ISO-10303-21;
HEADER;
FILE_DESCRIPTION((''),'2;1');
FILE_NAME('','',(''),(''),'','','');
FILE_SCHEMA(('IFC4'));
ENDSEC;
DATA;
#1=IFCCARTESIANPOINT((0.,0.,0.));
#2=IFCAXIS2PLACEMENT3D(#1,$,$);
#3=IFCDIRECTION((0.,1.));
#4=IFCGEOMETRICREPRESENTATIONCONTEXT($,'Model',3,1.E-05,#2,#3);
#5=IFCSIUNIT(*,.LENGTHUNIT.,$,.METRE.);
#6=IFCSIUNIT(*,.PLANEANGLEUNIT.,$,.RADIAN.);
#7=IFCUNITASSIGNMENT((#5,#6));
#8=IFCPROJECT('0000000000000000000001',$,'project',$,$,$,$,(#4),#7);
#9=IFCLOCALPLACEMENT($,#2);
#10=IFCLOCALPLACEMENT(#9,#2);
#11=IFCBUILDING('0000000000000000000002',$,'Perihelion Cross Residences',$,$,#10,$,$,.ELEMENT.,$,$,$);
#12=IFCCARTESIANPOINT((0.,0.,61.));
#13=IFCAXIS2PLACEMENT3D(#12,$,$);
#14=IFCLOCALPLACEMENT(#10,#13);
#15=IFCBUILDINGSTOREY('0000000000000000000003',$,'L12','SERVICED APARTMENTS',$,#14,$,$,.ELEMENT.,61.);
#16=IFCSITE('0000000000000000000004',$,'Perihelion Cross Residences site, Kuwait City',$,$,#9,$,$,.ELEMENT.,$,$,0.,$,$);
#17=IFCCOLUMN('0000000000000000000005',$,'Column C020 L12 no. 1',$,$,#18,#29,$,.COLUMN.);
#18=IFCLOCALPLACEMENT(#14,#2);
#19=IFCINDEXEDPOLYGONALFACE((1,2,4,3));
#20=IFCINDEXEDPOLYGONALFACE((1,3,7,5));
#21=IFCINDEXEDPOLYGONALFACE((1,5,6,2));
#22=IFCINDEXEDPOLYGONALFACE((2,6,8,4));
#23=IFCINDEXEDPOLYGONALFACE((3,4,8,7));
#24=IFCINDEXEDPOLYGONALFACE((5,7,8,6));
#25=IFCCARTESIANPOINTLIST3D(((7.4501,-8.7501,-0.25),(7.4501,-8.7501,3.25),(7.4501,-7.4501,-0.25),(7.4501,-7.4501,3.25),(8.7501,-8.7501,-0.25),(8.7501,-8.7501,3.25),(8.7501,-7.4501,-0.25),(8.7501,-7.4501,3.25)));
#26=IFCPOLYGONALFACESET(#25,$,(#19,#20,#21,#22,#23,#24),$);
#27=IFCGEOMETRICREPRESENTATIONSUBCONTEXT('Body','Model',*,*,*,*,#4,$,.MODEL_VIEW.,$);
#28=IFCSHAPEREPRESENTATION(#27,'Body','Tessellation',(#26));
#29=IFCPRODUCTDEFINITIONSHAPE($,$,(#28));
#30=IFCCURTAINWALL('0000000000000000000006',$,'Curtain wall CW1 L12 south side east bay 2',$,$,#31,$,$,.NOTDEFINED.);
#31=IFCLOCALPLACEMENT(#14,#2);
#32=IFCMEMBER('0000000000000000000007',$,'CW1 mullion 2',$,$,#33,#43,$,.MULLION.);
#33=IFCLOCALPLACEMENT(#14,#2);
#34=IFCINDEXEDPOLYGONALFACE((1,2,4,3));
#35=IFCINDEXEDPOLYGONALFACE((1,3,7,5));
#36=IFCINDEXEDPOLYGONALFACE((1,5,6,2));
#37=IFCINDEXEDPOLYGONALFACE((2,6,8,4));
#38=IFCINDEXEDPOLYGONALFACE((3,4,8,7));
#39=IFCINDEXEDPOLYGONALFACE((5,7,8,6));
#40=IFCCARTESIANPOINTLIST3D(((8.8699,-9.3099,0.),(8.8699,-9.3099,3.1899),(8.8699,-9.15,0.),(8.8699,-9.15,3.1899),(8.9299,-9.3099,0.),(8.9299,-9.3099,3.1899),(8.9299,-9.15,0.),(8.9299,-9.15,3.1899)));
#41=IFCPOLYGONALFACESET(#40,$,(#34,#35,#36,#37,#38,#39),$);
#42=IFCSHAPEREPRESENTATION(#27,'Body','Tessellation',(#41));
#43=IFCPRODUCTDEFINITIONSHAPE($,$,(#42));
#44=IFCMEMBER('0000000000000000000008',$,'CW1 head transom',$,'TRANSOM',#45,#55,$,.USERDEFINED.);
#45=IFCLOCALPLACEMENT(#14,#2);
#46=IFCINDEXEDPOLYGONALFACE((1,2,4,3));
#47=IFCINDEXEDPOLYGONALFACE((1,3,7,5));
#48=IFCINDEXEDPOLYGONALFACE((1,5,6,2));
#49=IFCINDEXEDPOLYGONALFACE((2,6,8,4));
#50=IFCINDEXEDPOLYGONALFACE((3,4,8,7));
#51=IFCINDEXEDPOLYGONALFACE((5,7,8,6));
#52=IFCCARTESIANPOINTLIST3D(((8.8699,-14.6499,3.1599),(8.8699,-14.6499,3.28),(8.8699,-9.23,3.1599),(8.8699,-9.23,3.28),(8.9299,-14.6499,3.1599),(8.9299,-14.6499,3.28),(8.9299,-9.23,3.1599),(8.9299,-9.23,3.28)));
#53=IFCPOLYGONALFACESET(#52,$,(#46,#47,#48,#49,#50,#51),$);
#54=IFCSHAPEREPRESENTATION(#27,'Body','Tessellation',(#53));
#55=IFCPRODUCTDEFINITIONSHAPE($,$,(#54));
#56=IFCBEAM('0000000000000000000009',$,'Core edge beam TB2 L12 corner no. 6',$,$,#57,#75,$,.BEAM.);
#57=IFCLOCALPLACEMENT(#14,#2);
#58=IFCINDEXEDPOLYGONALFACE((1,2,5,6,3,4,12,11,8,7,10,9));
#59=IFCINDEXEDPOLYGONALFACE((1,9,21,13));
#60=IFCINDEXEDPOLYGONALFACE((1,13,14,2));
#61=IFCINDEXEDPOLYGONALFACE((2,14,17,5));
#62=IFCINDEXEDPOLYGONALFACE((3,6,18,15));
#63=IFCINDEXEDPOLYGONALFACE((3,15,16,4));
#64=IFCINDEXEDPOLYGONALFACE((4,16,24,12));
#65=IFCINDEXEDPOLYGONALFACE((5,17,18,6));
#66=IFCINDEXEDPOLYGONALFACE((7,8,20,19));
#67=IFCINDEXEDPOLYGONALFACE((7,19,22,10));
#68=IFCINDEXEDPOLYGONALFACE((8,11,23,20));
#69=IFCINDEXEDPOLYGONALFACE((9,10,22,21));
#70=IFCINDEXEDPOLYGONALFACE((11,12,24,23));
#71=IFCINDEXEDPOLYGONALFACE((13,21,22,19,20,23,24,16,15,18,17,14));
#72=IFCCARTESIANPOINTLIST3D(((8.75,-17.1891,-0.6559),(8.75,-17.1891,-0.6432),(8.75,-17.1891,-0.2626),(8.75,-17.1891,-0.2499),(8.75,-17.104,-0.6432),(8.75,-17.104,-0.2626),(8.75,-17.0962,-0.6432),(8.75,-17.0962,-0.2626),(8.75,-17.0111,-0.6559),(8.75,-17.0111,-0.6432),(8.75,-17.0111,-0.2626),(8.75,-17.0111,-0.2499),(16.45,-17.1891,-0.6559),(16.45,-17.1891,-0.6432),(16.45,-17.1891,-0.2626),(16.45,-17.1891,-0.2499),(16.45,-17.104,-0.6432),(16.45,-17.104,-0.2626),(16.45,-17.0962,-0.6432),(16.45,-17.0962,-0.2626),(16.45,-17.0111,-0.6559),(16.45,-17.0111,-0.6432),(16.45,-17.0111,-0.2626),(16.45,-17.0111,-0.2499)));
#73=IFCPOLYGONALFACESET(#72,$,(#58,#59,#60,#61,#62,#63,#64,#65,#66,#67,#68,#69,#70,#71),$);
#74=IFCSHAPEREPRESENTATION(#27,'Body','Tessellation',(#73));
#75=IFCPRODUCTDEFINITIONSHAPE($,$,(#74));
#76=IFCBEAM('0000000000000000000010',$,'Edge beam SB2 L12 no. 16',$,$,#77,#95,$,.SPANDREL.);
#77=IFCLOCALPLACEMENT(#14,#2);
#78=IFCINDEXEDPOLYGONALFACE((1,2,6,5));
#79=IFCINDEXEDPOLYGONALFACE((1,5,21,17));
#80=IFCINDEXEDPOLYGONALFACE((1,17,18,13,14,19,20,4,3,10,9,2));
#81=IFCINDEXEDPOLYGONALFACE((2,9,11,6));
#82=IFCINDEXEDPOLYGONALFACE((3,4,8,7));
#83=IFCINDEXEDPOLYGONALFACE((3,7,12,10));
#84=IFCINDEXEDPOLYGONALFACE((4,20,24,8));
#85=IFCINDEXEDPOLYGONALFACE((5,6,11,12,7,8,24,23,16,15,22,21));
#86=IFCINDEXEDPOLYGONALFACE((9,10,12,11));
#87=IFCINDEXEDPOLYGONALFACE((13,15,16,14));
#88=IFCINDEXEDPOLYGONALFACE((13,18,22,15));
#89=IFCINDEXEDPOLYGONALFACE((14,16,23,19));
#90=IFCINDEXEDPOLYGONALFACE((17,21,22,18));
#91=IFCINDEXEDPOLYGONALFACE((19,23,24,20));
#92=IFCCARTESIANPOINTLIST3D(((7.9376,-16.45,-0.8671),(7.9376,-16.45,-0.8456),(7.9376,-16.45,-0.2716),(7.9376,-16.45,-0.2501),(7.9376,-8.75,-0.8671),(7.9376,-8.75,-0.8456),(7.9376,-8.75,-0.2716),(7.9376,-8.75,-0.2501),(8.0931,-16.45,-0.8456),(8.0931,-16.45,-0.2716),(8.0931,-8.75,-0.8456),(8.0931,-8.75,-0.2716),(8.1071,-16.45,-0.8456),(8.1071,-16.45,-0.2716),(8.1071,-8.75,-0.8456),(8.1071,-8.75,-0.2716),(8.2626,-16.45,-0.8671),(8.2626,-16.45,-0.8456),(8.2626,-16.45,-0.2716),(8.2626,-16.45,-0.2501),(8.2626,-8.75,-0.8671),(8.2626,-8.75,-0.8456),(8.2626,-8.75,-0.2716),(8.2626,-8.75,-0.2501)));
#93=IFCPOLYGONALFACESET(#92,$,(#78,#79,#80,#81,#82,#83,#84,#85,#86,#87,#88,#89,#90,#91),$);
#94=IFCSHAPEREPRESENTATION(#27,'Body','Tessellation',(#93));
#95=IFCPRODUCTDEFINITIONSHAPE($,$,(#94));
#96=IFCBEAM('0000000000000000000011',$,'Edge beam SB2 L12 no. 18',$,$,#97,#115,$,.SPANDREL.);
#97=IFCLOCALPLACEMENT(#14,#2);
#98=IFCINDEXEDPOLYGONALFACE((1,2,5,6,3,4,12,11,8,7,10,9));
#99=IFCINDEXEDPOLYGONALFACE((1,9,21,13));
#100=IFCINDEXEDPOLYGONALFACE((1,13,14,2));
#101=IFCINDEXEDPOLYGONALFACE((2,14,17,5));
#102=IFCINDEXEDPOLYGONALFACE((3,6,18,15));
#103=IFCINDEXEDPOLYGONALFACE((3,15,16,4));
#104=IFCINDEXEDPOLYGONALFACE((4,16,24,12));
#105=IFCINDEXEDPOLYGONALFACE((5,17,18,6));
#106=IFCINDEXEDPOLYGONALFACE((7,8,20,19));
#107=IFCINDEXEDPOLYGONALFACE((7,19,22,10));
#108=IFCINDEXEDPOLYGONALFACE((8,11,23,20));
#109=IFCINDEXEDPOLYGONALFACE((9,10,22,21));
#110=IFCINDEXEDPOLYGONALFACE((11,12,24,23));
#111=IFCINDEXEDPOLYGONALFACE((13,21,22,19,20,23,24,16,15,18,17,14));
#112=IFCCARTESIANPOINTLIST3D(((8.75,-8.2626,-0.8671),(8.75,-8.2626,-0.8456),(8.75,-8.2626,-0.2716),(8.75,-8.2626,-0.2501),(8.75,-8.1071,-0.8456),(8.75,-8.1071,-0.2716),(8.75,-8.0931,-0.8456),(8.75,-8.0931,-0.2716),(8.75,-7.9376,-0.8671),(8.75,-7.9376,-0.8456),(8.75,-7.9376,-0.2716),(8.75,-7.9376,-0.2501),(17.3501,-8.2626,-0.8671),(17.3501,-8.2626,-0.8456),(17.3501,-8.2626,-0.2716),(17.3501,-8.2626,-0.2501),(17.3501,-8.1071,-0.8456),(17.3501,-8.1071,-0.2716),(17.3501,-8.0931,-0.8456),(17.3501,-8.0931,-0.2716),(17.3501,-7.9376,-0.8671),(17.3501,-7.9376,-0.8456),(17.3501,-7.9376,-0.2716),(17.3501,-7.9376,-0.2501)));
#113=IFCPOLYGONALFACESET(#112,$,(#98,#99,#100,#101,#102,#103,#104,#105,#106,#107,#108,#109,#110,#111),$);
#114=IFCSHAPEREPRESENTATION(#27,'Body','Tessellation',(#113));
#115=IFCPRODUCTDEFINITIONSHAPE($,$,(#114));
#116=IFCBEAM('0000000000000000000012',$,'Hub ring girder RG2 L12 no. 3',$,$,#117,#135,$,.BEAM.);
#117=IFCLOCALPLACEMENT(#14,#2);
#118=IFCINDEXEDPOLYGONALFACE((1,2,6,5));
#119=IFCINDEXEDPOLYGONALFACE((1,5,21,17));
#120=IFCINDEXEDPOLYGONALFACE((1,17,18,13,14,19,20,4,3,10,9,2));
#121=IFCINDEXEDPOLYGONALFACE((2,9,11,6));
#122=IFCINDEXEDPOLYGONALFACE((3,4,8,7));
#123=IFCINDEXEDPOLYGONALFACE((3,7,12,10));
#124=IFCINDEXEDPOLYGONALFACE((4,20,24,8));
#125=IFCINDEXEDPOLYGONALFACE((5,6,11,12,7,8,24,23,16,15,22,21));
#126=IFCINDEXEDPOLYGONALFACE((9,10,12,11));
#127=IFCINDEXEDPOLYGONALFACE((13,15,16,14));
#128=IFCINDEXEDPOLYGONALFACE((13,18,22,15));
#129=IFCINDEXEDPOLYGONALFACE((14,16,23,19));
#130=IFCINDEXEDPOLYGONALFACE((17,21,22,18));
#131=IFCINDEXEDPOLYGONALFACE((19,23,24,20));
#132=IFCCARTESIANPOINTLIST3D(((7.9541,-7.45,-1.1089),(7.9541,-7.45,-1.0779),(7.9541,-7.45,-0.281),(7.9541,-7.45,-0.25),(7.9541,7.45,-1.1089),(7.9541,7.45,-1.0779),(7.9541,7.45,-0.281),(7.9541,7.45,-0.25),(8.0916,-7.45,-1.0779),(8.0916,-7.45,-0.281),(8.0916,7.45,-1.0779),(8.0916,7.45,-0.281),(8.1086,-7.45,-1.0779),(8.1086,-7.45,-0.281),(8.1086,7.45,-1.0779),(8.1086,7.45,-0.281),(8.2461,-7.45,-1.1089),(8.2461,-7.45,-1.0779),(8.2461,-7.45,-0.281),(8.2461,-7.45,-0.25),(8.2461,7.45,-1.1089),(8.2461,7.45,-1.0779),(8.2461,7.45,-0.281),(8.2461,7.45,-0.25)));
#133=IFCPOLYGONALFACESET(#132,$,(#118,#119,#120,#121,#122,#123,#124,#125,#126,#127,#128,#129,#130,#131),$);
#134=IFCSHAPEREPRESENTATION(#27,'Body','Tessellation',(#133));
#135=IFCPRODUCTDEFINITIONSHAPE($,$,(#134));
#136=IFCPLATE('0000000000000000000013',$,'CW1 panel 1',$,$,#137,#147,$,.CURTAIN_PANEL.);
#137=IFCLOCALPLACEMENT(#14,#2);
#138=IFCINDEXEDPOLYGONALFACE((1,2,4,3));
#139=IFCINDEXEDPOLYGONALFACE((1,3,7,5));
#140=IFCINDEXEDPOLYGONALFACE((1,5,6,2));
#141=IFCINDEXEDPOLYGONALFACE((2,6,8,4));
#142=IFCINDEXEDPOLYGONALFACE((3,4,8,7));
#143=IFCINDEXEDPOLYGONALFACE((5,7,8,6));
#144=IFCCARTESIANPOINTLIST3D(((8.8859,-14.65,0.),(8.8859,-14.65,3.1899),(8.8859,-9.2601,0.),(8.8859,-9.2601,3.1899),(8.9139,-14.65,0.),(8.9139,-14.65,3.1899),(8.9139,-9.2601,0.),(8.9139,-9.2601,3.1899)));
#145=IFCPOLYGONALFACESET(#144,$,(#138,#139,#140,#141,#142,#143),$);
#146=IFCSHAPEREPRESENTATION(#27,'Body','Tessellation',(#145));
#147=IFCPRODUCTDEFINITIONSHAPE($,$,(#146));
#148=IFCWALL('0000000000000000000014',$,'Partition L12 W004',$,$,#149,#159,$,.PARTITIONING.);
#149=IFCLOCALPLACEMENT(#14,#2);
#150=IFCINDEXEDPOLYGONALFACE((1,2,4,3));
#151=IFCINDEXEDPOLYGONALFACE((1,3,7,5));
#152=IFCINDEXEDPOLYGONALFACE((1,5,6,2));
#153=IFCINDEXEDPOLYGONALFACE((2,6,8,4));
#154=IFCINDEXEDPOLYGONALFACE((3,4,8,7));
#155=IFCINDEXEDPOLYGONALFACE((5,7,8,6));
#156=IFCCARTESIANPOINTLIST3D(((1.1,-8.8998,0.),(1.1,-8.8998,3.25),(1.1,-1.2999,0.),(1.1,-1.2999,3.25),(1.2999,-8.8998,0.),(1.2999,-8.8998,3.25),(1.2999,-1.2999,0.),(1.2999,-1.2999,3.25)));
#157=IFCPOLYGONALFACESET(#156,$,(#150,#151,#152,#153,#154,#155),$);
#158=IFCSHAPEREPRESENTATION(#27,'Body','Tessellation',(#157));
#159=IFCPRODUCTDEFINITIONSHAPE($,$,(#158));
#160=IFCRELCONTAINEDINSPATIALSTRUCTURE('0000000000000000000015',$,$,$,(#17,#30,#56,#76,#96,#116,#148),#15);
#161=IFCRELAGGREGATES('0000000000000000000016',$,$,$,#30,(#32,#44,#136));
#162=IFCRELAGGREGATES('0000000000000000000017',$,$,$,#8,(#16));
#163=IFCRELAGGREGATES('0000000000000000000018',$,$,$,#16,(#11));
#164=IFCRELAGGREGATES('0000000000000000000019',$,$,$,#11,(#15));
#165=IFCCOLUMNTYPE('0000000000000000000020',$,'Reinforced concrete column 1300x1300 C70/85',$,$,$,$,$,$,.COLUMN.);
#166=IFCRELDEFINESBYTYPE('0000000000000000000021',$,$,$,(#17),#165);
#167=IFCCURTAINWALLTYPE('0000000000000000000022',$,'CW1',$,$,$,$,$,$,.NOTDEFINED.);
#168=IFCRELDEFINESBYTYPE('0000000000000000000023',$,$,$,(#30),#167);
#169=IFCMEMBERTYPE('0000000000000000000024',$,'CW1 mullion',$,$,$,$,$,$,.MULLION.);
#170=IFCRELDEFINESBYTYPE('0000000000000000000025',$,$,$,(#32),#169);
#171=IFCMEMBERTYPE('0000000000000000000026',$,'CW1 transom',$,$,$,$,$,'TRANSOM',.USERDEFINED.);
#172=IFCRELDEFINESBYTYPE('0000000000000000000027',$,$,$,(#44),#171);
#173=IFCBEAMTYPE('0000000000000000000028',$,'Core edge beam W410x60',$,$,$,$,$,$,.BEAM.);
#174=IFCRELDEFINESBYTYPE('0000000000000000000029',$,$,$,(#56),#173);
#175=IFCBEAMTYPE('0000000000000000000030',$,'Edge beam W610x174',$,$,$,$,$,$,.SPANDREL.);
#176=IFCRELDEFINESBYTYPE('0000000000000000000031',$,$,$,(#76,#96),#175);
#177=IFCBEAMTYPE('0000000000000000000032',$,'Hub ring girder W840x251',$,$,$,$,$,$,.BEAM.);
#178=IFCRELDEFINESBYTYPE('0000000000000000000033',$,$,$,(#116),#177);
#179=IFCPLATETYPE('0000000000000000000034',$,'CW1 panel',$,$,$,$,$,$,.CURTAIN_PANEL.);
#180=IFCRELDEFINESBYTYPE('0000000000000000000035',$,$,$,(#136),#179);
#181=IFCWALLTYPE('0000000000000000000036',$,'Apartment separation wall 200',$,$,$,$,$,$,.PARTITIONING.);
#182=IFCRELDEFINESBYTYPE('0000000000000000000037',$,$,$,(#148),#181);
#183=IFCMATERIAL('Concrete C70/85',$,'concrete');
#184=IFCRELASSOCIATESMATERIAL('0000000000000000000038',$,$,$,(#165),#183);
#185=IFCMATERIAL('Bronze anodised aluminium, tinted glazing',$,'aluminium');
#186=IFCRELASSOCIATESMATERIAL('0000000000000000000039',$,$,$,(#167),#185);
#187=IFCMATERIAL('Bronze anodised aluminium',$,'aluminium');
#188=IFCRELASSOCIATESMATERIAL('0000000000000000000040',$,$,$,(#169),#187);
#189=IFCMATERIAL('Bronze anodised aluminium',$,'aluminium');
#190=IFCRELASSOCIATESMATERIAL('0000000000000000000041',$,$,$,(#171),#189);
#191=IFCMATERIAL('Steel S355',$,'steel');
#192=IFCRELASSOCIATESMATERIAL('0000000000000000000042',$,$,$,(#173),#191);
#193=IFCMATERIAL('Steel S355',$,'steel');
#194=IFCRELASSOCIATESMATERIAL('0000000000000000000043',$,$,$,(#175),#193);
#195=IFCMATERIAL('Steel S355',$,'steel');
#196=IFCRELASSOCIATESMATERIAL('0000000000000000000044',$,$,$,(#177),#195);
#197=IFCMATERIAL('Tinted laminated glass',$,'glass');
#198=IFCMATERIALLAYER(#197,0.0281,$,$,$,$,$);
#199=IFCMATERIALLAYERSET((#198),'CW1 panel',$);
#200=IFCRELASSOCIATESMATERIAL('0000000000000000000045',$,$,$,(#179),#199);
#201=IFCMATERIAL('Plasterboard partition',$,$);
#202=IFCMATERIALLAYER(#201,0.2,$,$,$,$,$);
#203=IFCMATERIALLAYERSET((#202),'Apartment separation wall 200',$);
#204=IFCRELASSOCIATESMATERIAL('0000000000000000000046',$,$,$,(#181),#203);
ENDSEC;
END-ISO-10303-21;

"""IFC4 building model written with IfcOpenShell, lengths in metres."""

from ifc_helpers import new_model, si_unit, direction, frame, frame_2d, origin, origin_2d, place, context, subcontext, project, spatial, rectangle, i_section, extrude, material, layer, layer_set, material_profile, profile_set, type_object, element, aggregate, save


model = new_model("IFC4")

# Units and contexts
model_context = context("Model", 3, precision=1e-05, world=origin(), true_north=direction((0.0, 1.0)))
body_context = subcontext(model_context, "Body", "Model", "MODEL_VIEW")
ifc_project = project(units=[si_unit("LENGTHUNIT", "METRE"), si_unit("PLANEANGLEUNIT", "RADIAN")], contexts=[model_context])

# Site, building, storey
site_placement = place(None, origin())
site = spatial("IfcSite", under=ifc_project, at=site_placement, Name="Perihelion Cross Residences site, Kuwait City", CompositionType="ELEMENT", RefElevation=0.0)
building_placement = place(site_placement, origin())
building = spatial("IfcBuilding", under=site, at=building_placement, Name="Perihelion Cross Residences", CompositionType="ELEMENT")
storey_placement = place(building_placement, frame((0.0, 0.0, 61.0)))
storey = spatial("IfcBuildingStorey", under=building, at=storey_placement, Name="L12", Description="SERVICED APARTMENTS", CompositionType="ELEMENT", Elevation=61.0)

# Column
ifc_material_1 = material(Name="Concrete C70/85", Category="concrete")
ifc_material_profile_1 = material_profile(ifc_material_1, rectangle(XDim=1.3, YDim=1.3, at=origin_2d()), Name="RC 1300x1300")
ifc_profile_set_1 = profile_set([ifc_material_profile_1], Name="Concrete C70/85")
column_type = type_object("IfcColumnType", Name="Reinforced concrete column 1300x1300 C70/85", PredefinedType="COLUMN", material=ifc_profile_set_1)
column_placement = place(storey_placement, frame((8.1001, -8.1001, -0.25), z_axis=(0.0, 0.0, 1.0), x_axis=(1.0, 0.0, 0.0)))
element("IfcColumn", 1, at=column_placement, inside=storey, type_object=column_type, Name="Column C020 L12 no. 1", PredefinedType="COLUMN", context=body_context, shape_type="SweptSolid", body=[
    extrude(rectangle(XDim=1.3, YDim=1.3, at=origin_2d()), origin(), (0.0, 0.0, 1.0), 3.5),
])

# Curtain wall, members
ifc_material_2 = material(Name="Bronze anodised aluminium, tinted glazing", Category="aluminium")
curtain_wall_type = type_object("IfcCurtainWallType", Name="CW1", PredefinedType="NOTDEFINED", material=ifc_material_2)
curtain_wall_placement = place(storey_placement, origin())
curtain_wall = element("IfcCurtainWall", 2, at=curtain_wall_placement, inside=storey, type_object=curtain_wall_type, Name="Curtain wall CW1 L12 south side east bay 2", PredefinedType="NOTDEFINED")
ifc_material_3 = material(Name="Bronze anodised aluminium", Category="aluminium")
ifc_material_profile_2 = material_profile(ifc_material_3, rectangle(XDim=0.0601, YDim=0.1599, at=origin_2d()), Name="CW1 mullion")
ifc_profile_set_2 = profile_set([ifc_material_profile_2], Name="Bronze anodised aluminium")
member_type_1 = type_object("IfcMemberType", Name="CW1 mullion", PredefinedType="MULLION", material=ifc_profile_set_2)
member_1_placement = place(storey_placement, frame((8.8999, -9.23, 0.0), z_axis=(0.0, 0.0, 1.0), x_axis=(-1.0, 0.0, 0.0)))
member_1 = element("IfcMember", 3, at=member_1_placement, type_object=member_type_1, Name="CW1 mullion 2", PredefinedType="MULLION", context=body_context, shape_type="SweptSolid", body=[
    extrude(rectangle(XDim=0.0601, YDim=0.1599, at=origin_2d()), origin(), (0.0, 0.0, 1.0), 3.1899),
])
ifc_material_4 = material(Name="Bronze anodised aluminium", Category="aluminium")
ifc_material_profile_3 = material_profile(ifc_material_4, rectangle(XDim=0.0601, YDim=0.1201, at=origin_2d()), Name="CW1 transom")
ifc_profile_set_3 = profile_set([ifc_material_profile_3], Name="Bronze anodised aluminium")
member_type_2 = type_object("IfcMemberType", Name="CW1 transom", ElementType="TRANSOM", PredefinedType="USERDEFINED", material=ifc_profile_set_3)
member_2_placement = place(storey_placement, frame((8.8999, -14.6499, 3.22), z_axis=(0.0, 1.0, 0.0), x_axis=(-1.0, 0.0, 0.0)))
member_2 = element("IfcMember", 4, at=member_2_placement, type_object=member_type_2, Name="CW1 head transom", ObjectType="TRANSOM", PredefinedType="USERDEFINED", context=body_context, shape_type="SweptSolid", body=[
    extrude(rectangle(XDim=0.0601, YDim=0.1201, at=origin_2d()), origin(), (0.0, 0.0, 1.0), 5.4199),
])

# Beams
ifc_material_5 = material(Name="Steel S355", Category="steel")
ifc_material_profile_4 = material_profile(ifc_material_5, i_section(OverallWidth=0.178, OverallDepth=0.406, WebThickness=0.0078, FlangeThickness=0.0127, at=origin_2d()), Name="W410x60")
ifc_profile_set_4 = profile_set([ifc_material_profile_4], Name="Steel S355")
beam_type_1 = type_object("IfcBeamType", Name="Core edge beam W410x60", PredefinedType="BEAM", material=ifc_profile_set_4)
beam_1_placement = place(storey_placement, frame((8.75, -17.1001, -0.4529), z_axis=(1.0, 0.0, 0.0), x_axis=(0.0, 1.0, 0.0)))
element("IfcBeam", 5, at=beam_1_placement, inside=storey, type_object=beam_type_1, Name="Core edge beam TB2 L12 corner no. 6", PredefinedType="BEAM", context=body_context, shape_type="SweptSolid", body=[
    extrude(i_section(OverallWidth=0.178, OverallDepth=0.406, WebThickness=0.0078, FlangeThickness=0.0127, at=origin_2d()), origin(), (0.0, 0.0, 1.0), 7.7),
])
ifc_material_6 = material(Name="Steel S355", Category="steel")
ifc_material_profile_5 = material_profile(ifc_material_6, i_section(OverallWidth=0.325, OverallDepth=0.6169, WebThickness=0.0139, FlangeThickness=0.0215, at=origin_2d()), Name="W610x174")
ifc_profile_set_5 = profile_set([ifc_material_profile_5], Name="Steel S355")
beam_type_2 = type_object("IfcBeamType", Name="Edge beam W610x174", PredefinedType="SPANDREL", material=ifc_profile_set_5)
beam_2_placement = place(storey_placement, frame((8.1001, -16.45, -0.5586), z_axis=(0.0, 1.0, 0.0), x_axis=(-1.0, 0.0, 0.0)))
element("IfcBeam", 6, at=beam_2_placement, inside=storey, type_object=beam_type_2, Name="Edge beam SB2 L12 no. 16", PredefinedType="SPANDREL", context=body_context, shape_type="SweptSolid", body=[
    extrude(i_section(OverallWidth=0.325, OverallDepth=0.6169, WebThickness=0.0139, FlangeThickness=0.0215, at=origin_2d()), origin(), (0.0, 0.0, 1.0), 7.7),
])
beam_3_placement = place(storey_placement, frame((8.75, -8.1001, -0.5586), z_axis=(1.0, 0.0, 0.0), x_axis=(0.0, 1.0, 0.0)))
element("IfcBeam", 7, at=beam_3_placement, inside=storey, type_object=beam_type_2, Name="Edge beam SB2 L12 no. 18", PredefinedType="SPANDREL", context=body_context, shape_type="SweptSolid", body=[
    extrude(i_section(OverallWidth=0.325, OverallDepth=0.6169, WebThickness=0.0139, FlangeThickness=0.0215, at=origin_2d()), origin(), (0.0, 0.0, 1.0), 8.6001),
])
ifc_material_7 = material(Name="Steel S355", Category="steel")
ifc_material_profile_6 = material_profile(ifc_material_7, i_section(OverallWidth=0.292, OverallDepth=0.8589, WebThickness=0.0171, FlangeThickness=0.031, at=origin_2d()), Name="W840x251")
ifc_profile_set_6 = profile_set([ifc_material_profile_6], Name="Steel S355")
beam_type_3 = type_object("IfcBeamType", Name="Hub ring girder W840x251", PredefinedType="BEAM", material=ifc_profile_set_6)
beam_4_placement = place(storey_placement, frame((8.1001, -7.45, -0.6794), z_axis=(0.0, 1.0, 0.0), x_axis=(-1.0, 0.0, 0.0)))
element("IfcBeam", 8, at=beam_4_placement, inside=storey, type_object=beam_type_3, Name="Hub ring girder RG2 L12 no. 3", PredefinedType="BEAM", context=body_context, shape_type="SweptSolid", body=[
    extrude(i_section(OverallWidth=0.292, OverallDepth=0.8589, WebThickness=0.0171, FlangeThickness=0.031, at=origin_2d()), origin(), (0.0, 0.0, 1.0), 14.8999),
])

# Plate
ifc_material_8 = material(Name="Tinted laminated glass", Category="glass")
ifc_layer_1 = layer(ifc_material_8, 0.0281)
ifc_layer_set_1 = layer_set([ifc_layer_1], Name="CW1 panel")
plate_type = type_object("IfcPlateType", Name="CW1 panel", PredefinedType="CURTAIN_PANEL", material=ifc_layer_set_1)
plate_placement = place(storey_placement, frame((8.8999, -11.9551, 0.0), z_axis=(0.0, 0.0, 1.0), x_axis=(0.0, 1.0, 0.0)))
plate = element("IfcPlate", 9, at=plate_placement, type_object=plate_type, Name="CW1 panel 1", PredefinedType="CURTAIN_PANEL", context=body_context, shape_type="SweptSolid", body=[
    extrude(rectangle(XDim=5.3899, YDim=0.0281, at=origin_2d()), origin(), (0.0, 0.0, 1.0), 3.1899),
])
aggregate(curtain_wall, [member_1, member_2, plate])

# Wall
ifc_material_9 = material(Name="Plasterboard partition")
ifc_layer_2 = layer(ifc_material_9, 0.2)
ifc_layer_set_2 = layer_set([ifc_layer_2], Name="Apartment separation wall 200")
wall_type_1 = type_object("IfcWallType", Name="Apartment separation wall 200", PredefinedType="PARTITIONING", material=ifc_layer_set_2)
wall_1_placement = place(storey_placement, frame((1.2, -1.3, 0.0), z_axis=(0.0, 0.0, 1.0), x_axis=(0.0, -1.0, 0.0)))
element("IfcWall", 10, at=wall_1_placement, inside=storey, type_object=wall_type_1, Name="Partition L12 W004", PredefinedType="PARTITIONING", context=body_context, shape_type="SweptSolid", body=[
    extrude(rectangle(XDim=7.5999, YDim=0.2, at=frame_2d((3.7998, 0.0))), origin(), (0.0, 0.0, 1.0), 3.25),
])

save(model, "model.ifc")
